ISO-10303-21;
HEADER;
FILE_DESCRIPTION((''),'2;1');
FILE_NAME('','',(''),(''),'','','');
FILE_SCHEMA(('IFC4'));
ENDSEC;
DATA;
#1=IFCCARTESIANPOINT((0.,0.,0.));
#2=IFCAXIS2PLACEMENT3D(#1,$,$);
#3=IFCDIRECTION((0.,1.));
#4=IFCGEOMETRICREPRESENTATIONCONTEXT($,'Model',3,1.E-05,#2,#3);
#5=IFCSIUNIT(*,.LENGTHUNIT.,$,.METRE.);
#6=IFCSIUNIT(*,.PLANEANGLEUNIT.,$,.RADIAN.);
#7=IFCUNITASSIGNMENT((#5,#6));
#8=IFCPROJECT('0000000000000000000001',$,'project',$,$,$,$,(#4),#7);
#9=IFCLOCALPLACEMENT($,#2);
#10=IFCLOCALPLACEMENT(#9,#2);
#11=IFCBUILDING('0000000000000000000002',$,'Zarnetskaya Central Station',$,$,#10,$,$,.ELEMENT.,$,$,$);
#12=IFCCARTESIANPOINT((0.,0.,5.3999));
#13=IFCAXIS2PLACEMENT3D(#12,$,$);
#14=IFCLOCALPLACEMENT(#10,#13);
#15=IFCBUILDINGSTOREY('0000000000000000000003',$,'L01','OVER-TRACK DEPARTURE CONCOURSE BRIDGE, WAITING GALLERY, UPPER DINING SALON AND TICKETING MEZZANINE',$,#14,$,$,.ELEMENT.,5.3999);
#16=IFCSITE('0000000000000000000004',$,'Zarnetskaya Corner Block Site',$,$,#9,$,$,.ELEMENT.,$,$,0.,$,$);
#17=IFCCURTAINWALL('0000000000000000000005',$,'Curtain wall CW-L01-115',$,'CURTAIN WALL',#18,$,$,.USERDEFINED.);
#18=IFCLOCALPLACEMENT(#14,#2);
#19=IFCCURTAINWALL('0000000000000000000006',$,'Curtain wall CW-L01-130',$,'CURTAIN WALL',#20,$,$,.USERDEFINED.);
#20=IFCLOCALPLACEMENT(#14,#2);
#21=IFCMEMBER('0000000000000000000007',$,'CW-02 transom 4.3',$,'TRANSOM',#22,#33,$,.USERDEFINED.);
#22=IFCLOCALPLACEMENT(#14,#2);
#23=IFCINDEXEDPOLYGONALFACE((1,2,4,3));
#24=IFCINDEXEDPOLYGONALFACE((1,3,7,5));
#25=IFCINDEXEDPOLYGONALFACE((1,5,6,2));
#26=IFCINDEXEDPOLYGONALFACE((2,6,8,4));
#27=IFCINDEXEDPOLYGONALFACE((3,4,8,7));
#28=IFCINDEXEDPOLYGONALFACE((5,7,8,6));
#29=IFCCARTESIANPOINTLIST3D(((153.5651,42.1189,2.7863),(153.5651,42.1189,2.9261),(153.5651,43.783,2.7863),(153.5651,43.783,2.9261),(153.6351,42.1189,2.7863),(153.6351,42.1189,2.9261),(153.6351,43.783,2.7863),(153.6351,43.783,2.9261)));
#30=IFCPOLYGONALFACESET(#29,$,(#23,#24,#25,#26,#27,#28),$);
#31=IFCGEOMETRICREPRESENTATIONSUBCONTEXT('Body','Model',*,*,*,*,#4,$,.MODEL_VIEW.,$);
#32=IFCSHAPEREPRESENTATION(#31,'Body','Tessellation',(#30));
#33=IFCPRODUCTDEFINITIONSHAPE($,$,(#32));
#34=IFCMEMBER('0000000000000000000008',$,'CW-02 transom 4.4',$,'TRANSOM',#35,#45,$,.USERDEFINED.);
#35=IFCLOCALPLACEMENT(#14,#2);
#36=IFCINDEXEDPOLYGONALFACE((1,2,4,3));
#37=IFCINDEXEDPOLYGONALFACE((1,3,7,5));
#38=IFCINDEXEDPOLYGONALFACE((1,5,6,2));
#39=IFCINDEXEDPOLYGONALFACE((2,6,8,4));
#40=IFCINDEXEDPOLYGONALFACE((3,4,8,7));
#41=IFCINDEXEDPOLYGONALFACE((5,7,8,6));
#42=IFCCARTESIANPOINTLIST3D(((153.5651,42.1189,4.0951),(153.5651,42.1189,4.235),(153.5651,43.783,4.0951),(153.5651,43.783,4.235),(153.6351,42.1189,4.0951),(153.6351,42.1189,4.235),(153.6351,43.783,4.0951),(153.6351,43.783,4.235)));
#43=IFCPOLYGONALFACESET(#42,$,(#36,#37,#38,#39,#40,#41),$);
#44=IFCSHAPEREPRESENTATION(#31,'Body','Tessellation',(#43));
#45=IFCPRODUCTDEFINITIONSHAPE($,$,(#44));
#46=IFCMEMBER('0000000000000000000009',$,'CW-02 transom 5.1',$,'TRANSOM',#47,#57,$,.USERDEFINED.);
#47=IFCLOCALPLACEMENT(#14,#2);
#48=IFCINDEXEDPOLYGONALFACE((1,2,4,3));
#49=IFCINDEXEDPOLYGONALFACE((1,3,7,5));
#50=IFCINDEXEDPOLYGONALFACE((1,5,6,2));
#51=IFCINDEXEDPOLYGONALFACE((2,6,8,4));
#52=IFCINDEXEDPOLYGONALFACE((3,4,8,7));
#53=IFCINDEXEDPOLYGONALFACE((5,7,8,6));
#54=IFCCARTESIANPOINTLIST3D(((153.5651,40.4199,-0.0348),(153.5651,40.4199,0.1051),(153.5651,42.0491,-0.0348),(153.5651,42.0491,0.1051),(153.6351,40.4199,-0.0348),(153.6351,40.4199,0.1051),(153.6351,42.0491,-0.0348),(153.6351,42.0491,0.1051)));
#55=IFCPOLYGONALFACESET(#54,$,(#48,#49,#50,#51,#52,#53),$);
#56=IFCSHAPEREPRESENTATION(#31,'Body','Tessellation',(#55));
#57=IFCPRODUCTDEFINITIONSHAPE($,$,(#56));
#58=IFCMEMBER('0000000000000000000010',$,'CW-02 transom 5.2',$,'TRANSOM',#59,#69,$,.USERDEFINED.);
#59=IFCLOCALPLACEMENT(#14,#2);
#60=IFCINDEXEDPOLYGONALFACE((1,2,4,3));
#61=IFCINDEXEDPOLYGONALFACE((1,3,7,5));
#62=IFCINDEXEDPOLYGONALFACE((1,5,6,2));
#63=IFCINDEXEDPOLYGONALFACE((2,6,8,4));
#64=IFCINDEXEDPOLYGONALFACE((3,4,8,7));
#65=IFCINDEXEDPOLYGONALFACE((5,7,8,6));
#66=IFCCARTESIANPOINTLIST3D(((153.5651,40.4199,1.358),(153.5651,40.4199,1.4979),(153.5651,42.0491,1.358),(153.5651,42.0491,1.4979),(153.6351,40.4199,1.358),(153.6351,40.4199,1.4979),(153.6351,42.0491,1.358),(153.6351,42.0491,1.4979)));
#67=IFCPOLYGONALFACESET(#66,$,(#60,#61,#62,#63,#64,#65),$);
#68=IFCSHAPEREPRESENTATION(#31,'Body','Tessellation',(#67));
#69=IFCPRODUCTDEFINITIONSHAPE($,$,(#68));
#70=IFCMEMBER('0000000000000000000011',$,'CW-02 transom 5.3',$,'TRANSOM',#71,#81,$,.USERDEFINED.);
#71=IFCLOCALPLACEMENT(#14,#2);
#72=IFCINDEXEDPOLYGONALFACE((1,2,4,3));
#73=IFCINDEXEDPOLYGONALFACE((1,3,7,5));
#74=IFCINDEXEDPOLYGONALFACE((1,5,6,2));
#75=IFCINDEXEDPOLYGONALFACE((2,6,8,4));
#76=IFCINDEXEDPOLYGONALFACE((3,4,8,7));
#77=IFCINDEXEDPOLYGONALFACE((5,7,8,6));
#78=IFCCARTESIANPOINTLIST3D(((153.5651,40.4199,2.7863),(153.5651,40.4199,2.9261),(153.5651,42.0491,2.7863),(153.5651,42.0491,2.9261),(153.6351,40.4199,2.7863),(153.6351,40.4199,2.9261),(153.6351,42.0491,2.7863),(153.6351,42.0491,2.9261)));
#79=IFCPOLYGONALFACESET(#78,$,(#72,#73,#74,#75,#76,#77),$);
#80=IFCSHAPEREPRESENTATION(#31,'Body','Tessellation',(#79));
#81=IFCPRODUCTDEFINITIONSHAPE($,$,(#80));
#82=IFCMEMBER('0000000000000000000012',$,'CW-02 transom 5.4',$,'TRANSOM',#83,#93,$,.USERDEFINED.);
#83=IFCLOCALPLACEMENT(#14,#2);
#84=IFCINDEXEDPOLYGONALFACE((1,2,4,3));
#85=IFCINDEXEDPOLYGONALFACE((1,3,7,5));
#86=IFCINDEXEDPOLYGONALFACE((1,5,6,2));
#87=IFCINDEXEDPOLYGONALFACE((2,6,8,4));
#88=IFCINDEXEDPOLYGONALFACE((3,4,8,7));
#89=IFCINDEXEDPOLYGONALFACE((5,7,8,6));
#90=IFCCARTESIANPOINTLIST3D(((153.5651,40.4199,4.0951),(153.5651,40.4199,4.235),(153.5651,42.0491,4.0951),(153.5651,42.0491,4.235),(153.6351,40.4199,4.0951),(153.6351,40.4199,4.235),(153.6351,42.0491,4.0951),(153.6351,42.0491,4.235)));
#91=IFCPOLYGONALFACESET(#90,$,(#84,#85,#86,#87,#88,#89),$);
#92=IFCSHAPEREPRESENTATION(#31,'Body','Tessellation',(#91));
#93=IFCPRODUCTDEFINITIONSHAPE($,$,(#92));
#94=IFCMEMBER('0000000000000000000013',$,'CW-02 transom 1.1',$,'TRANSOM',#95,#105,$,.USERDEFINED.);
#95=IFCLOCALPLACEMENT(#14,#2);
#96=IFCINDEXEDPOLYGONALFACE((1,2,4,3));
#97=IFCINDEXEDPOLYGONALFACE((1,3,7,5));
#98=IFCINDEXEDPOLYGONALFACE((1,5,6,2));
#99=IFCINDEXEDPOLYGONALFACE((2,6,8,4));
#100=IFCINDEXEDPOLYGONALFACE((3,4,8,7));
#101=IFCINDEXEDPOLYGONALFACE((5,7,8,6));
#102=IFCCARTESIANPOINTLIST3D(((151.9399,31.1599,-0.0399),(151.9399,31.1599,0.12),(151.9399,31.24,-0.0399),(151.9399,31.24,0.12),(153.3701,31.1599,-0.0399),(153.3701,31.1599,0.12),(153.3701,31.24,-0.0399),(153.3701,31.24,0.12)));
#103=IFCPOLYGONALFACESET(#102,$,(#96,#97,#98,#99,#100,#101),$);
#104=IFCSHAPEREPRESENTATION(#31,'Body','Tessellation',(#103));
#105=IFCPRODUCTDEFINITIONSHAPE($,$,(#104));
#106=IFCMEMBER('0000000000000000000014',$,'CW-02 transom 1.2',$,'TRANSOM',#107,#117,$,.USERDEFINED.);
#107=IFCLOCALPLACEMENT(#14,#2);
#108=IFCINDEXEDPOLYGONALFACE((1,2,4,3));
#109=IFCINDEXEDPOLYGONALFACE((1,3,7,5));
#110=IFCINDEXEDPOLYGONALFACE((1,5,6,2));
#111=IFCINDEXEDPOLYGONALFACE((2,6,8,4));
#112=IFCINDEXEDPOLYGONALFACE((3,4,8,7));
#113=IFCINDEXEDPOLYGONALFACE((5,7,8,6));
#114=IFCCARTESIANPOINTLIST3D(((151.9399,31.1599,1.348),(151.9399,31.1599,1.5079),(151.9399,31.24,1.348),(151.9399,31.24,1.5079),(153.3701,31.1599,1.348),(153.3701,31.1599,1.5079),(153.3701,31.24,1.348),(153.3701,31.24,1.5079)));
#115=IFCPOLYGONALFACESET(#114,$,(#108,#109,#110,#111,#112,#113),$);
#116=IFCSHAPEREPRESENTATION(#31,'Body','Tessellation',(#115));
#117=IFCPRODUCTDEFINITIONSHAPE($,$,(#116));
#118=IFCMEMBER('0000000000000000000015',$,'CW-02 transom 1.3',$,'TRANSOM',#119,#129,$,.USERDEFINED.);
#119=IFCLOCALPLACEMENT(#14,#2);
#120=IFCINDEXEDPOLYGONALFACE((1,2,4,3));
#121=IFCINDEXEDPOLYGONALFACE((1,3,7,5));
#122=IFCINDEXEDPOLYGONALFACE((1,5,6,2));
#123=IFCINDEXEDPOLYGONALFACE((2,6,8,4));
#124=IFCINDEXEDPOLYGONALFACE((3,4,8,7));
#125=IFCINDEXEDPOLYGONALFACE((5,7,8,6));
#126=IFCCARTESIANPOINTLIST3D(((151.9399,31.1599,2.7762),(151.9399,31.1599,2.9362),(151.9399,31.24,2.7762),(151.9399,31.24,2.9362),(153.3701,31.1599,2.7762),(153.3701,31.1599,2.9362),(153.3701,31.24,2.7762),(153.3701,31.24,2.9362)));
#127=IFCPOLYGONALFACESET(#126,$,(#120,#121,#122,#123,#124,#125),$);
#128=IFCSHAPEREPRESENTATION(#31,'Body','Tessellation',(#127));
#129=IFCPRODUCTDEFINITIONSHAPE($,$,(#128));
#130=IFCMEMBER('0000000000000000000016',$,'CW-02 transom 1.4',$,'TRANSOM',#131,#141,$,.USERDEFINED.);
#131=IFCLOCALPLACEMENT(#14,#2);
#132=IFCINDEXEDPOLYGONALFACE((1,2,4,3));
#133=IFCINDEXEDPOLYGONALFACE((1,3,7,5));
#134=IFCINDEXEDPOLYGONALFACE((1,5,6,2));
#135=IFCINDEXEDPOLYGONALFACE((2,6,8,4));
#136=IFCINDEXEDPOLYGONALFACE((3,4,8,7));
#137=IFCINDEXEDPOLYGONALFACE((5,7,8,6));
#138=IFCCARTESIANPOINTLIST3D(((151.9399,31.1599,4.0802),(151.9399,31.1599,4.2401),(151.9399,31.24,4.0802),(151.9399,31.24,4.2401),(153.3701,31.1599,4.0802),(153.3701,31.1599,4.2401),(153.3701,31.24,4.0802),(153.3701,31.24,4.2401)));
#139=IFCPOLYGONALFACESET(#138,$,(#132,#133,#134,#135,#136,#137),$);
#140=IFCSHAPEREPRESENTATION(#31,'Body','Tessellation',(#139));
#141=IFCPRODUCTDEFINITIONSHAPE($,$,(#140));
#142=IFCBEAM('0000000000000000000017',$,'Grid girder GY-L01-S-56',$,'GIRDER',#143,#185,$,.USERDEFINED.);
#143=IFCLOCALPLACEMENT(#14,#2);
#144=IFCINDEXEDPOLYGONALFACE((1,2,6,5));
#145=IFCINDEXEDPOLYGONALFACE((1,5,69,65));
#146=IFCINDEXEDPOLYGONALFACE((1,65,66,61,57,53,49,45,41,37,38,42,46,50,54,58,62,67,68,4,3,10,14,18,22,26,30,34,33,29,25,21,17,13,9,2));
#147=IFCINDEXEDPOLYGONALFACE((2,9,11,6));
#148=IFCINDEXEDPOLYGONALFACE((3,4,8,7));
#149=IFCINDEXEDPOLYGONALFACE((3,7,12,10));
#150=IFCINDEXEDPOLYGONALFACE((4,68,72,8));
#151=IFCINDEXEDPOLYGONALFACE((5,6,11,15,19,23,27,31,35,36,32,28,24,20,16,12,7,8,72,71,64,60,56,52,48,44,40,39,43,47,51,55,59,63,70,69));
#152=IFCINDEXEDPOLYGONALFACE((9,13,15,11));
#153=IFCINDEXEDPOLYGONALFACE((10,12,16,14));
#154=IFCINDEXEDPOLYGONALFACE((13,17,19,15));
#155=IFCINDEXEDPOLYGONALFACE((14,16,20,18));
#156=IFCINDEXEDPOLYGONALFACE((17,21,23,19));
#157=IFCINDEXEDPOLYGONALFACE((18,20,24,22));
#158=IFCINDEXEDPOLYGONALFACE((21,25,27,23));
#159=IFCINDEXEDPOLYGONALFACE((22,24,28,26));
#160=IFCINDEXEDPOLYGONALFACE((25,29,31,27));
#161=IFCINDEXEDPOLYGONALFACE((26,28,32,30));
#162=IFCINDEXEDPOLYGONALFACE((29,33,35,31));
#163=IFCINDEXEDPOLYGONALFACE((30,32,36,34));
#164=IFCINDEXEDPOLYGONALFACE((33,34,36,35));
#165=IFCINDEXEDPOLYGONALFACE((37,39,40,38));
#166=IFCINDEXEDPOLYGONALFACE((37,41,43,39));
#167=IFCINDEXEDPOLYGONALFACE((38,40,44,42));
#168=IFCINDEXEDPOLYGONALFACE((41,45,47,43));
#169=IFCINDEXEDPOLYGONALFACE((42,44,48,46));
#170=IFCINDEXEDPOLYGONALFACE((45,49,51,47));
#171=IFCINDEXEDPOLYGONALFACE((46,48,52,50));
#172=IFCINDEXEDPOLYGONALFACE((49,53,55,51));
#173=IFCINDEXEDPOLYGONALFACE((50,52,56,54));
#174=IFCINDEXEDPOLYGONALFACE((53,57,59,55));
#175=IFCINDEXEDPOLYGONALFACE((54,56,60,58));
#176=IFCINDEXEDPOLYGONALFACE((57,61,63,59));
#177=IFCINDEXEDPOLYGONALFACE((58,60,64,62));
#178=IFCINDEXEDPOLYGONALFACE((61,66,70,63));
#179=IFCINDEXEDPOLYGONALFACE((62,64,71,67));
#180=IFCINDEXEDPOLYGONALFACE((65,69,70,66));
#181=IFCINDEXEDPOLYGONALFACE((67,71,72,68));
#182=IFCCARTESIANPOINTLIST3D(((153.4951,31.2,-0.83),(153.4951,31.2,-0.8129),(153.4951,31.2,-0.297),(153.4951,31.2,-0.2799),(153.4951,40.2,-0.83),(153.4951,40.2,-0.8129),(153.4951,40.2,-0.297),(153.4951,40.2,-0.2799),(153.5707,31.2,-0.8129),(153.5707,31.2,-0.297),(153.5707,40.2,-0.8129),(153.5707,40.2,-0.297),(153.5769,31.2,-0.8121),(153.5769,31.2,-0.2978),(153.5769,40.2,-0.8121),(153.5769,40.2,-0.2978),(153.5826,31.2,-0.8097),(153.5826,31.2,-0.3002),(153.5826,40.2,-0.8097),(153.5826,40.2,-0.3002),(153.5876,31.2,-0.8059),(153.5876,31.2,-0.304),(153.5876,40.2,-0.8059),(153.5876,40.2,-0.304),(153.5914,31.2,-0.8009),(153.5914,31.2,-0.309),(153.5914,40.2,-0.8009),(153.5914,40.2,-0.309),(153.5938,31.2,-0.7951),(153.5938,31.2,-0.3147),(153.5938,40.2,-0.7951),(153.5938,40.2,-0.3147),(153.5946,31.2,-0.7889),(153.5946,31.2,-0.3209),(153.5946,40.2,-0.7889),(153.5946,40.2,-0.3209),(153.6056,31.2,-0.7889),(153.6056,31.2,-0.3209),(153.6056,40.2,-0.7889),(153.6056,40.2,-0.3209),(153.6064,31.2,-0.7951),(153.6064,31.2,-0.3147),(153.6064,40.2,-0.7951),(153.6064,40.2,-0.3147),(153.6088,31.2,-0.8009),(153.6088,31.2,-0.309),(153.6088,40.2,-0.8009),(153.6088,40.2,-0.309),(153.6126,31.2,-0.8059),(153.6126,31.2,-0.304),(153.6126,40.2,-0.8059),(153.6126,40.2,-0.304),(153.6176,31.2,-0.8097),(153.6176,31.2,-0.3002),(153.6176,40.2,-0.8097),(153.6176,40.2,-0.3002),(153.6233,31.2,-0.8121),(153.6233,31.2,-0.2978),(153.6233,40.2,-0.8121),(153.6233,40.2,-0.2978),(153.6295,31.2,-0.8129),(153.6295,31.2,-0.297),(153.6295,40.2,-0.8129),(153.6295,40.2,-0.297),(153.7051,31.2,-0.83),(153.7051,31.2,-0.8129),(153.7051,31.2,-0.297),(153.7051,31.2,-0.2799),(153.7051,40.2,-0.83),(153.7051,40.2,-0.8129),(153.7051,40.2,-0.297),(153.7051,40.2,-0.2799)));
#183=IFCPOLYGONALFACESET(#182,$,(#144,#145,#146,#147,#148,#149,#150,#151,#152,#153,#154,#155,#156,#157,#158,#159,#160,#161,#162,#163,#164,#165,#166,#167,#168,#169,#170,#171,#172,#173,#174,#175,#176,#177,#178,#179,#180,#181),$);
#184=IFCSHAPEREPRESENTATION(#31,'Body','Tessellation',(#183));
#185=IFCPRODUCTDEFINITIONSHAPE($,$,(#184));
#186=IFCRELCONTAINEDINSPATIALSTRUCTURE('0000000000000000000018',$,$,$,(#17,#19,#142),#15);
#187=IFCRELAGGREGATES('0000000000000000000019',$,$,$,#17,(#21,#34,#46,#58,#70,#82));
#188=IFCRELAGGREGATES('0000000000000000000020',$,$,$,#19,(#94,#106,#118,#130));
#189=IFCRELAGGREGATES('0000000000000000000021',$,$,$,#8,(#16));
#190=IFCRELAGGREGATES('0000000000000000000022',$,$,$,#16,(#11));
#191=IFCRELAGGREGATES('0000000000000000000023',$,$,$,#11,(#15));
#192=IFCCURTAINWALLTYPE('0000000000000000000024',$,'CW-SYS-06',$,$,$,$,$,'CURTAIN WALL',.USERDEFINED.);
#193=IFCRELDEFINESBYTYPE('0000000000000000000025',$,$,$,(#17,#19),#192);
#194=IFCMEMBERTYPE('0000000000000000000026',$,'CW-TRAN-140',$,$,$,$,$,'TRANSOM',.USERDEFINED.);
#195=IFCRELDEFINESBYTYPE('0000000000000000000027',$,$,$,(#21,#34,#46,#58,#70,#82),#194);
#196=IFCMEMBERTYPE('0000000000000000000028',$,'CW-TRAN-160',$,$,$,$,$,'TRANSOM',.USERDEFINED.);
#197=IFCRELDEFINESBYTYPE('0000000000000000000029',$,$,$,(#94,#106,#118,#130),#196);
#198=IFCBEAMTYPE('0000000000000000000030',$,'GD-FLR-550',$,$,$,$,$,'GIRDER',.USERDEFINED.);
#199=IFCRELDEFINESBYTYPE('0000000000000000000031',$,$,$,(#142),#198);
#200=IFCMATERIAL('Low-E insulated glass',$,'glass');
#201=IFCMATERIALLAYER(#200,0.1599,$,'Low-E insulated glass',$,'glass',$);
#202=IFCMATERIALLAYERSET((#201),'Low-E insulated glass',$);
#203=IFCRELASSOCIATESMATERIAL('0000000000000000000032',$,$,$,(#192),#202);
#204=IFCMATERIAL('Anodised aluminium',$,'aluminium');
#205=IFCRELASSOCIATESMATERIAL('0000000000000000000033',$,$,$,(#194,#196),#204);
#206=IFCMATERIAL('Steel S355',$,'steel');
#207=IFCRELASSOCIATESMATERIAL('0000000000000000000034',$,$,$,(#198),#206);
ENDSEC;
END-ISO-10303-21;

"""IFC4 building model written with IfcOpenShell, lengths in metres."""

from ifc_helpers import new_model, si_unit, direction, frame, origin, origin_2d, place, context, subcontext, project, spatial, rectangle, i_section, extrude, material, layer, layer_set, material_profile, profile_set, type_object, element, aggregate, save


model = new_model("IFC4")

# Units and contexts
model_context = context("Model", 3, precision=1e-05, world=origin(), true_north=direction((0.0, 1.0)))
body_context = subcontext(model_context, "Body", "Model", "MODEL_VIEW")
ifc_project = project(units=[si_unit("LENGTHUNIT", "METRE"), si_unit("PLANEANGLEUNIT", "RADIAN")], contexts=[model_context])

# Site, building, storey
site_placement = place(None, origin())
site = spatial("IfcSite", under=ifc_project, at=site_placement, Name="Zarnetskaya Corner Block Site", CompositionType="ELEMENT", RefElevation=0.0)
building_placement = place(site_placement, origin())
building = spatial("IfcBuilding", under=site, at=building_placement, Name="Zarnetskaya Central Station", CompositionType="ELEMENT")
storey_placement = place(building_placement, frame((0.0, 0.0, 5.3999)))
storey = spatial("IfcBuildingStorey", under=building, at=storey_placement, Name="L01", Description="OVER-TRACK DEPARTURE CONCOURSE BRIDGE, WAITING GALLERY, UPPER DINING SALON AND TICKETING MEZZANINE", CompositionType="ELEMENT", Elevation=5.3999)

# Shared definitions
ifc_material_1 = material(Name="Steel S355", Category="steel")

# Curtain wall
ifc_material_2 = material(Name="Low-E insulated glass", Category="glass")
ifc_layer_1 = layer(ifc_material_2, 0.1599, Name="Low-E insulated glass", Category="glass")
ifc_layer_set_1 = layer_set([ifc_layer_1], Name="Low-E insulated glass")
curtain_wall_type = type_object("IfcCurtainWallType", Name="CW-SYS-06", ElementType="CURTAIN WALL", PredefinedType="USERDEFINED", material=ifc_layer_set_1)
curtain_wall_1_placement = place(storey_placement, origin())
curtain_wall_1 = element("IfcCurtainWall", 1, at=curtain_wall_1_placement, inside=storey, type_object=curtain_wall_type, Name="Curtain wall CW-L01-115", ObjectType="CURTAIN WALL", PredefinedType="USERDEFINED")
ifc_material_3 = material(Name="Anodised aluminium", Category="aluminium")

# Curtain wall
curtain_wall_2_placement = place(storey_placement, origin())
curtain_wall_2 = element("IfcCurtainWall", 2, at=curtain_wall_2_placement, inside=storey, type_object=curtain_wall_type, Name="Curtain wall CW-L01-130", ObjectType="CURTAIN WALL", PredefinedType="USERDEFINED")

# Members
ifc_material_profile_1 = material_profile(ifc_material_3, rectangle(XDim=0.0701, YDim=0.1399, at=origin_2d()), Name="ALU TRAN 70x140")
ifc_profile_set_1 = profile_set([ifc_material_profile_1], Name="Anodised aluminium")
member_type_1 = type_object("IfcMemberType", Name="CW-TRAN-140", ElementType="TRANSOM", PredefinedType="USERDEFINED", material=ifc_profile_set_1)
member_1_placement = place(storey_placement, frame((153.6001, 43.783, 2.8562), z_axis=(0.0, -1.0, 0.0), x_axis=(1.0, 0.0, 0.0)))
member_1 = element("IfcMember", 3, at=member_1_placement, type_object=member_type_1, Name="CW-02 transom 4.3", ObjectType="TRANSOM", PredefinedType="USERDEFINED", context=body_context, shape_type="SweptSolid", body=[
    extrude(rectangle(XDim=0.0701, YDim=0.1399, at=origin_2d()), origin(), (0.0, 0.0, 1.0), 1.6641),
])
member_2_placement = place(storey_placement, frame((153.6001, 43.783, 4.165), z_axis=(0.0, -1.0, 0.0), x_axis=(1.0, 0.0, 0.0)))
member_2 = element("IfcMember", 4, at=member_2_placement, type_object=member_type_1, Name="CW-02 transom 4.4", ObjectType="TRANSOM", PredefinedType="USERDEFINED", context=body_context, shape_type="SweptSolid", body=[
    extrude(rectangle(XDim=0.0701, YDim=0.1399, at=origin_2d()), origin(), (0.0, 0.0, 1.0), 1.6641),
])
member_3_placement = place(storey_placement, frame((153.6001, 42.0491, 0.0352), z_axis=(0.0, -1.0, 0.0), x_axis=(1.0, 0.0, 0.0)))
member_3 = element("IfcMember", 5, at=member_3_placement, type_object=member_type_1, Name="CW-02 transom 5.1", ObjectType="TRANSOM", PredefinedType="USERDEFINED", context=body_context, shape_type="SweptSolid", body=[
    extrude(rectangle(XDim=0.0701, YDim=0.1399, at=origin_2d()), origin(), (0.0, 0.0, 1.0), 1.6292),
])
member_4_placement = place(storey_placement, frame((153.6001, 42.0491, 1.428), z_axis=(0.0, -1.0, 0.0), x_axis=(1.0, 0.0, 0.0)))
member_4 = element("IfcMember", 6, at=member_4_placement, type_object=member_type_1, Name="CW-02 transom 5.2", ObjectType="TRANSOM", PredefinedType="USERDEFINED", context=body_context, shape_type="SweptSolid", body=[
    extrude(rectangle(XDim=0.0701, YDim=0.1399, at=origin_2d()), origin(), (0.0, 0.0, 1.0), 1.6292),
])
member_5_placement = place(storey_placement, frame((153.6001, 42.0491, 2.8562), z_axis=(0.0, -1.0, 0.0), x_axis=(1.0, 0.0, 0.0)))
member_5 = element("IfcMember", 7, at=member_5_placement, type_object=member_type_1, Name="CW-02 transom 5.3", ObjectType="TRANSOM", PredefinedType="USERDEFINED", context=body_context, shape_type="SweptSolid", body=[
    extrude(rectangle(XDim=0.0701, YDim=0.1399, at=origin_2d()), origin(), (0.0, 0.0, 1.0), 1.6292),
])
member_6_placement = place(storey_placement, frame((153.6001, 42.0491, 4.165), z_axis=(0.0, -1.0, 0.0), x_axis=(1.0, 0.0, 0.0)))
member_6 = element("IfcMember", 8, at=member_6_placement, type_object=member_type_1, Name="CW-02 transom 5.4", ObjectType="TRANSOM", PredefinedType="USERDEFINED", context=body_context, shape_type="SweptSolid", body=[
    extrude(rectangle(XDim=0.0701, YDim=0.1399, at=origin_2d()), origin(), (0.0, 0.0, 1.0), 1.6292),
])
ifc_material_profile_2 = material_profile(ifc_material_3, rectangle(XDim=0.0801, YDim=0.1599, at=origin_2d()), Name="ALU TRAN 80x160")
ifc_profile_set_2 = profile_set([ifc_material_profile_2], Name="Anodised aluminium")
member_type_2 = type_object("IfcMemberType", Name="CW-TRAN-160", ElementType="TRANSOM", PredefinedType="USERDEFINED", material=ifc_profile_set_2)
member_7_placement = place(storey_placement, frame((153.3701, 31.2, 0.04), z_axis=(-1.0, 0.0, 0.0), x_axis=(0.0, -1.0, 0.0)))
member_7 = element("IfcMember", 9, at=member_7_placement, type_object=member_type_2, Name="CW-02 transom 1.1", ObjectType="TRANSOM", PredefinedType="USERDEFINED", context=body_context, shape_type="SweptSolid", body=[
    extrude(rectangle(XDim=0.0801, YDim=0.1599, at=origin_2d()), origin(), (0.0, 0.0, 1.0), 1.4302),
])
member_8_placement = place(storey_placement, frame((153.3701, 31.2, 1.428), z_axis=(-1.0, 0.0, 0.0), x_axis=(0.0, -1.0, 0.0)))
member_8 = element("IfcMember", 10, at=member_8_placement, type_object=member_type_2, Name="CW-02 transom 1.2", ObjectType="TRANSOM", PredefinedType="USERDEFINED", context=body_context, shape_type="SweptSolid", body=[
    extrude(rectangle(XDim=0.0801, YDim=0.1599, at=origin_2d()), origin(), (0.0, 0.0, 1.0), 1.4302),
])
member_9_placement = place(storey_placement, frame((153.3701, 31.2, 2.8562), z_axis=(-1.0, 0.0, 0.0), x_axis=(0.0, -1.0, 0.0)))
member_9 = element("IfcMember", 11, at=member_9_placement, type_object=member_type_2, Name="CW-02 transom 1.3", ObjectType="TRANSOM", PredefinedType="USERDEFINED", context=body_context, shape_type="SweptSolid", body=[
    extrude(rectangle(XDim=0.0801, YDim=0.1599, at=origin_2d()), origin(), (0.0, 0.0, 1.0), 1.4302),
])
member_10_placement = place(storey_placement, frame((153.3701, 31.2, 4.1602), z_axis=(-1.0, 0.0, 0.0), x_axis=(0.0, -1.0, 0.0)))
member_10 = element("IfcMember", 12, at=member_10_placement, type_object=member_type_2, Name="CW-02 transom 1.4", ObjectType="TRANSOM", PredefinedType="USERDEFINED", context=body_context, shape_type="SweptSolid", body=[
    extrude(rectangle(XDim=0.0801, YDim=0.1599, at=origin_2d()), origin(), (0.0, 0.0, 1.0), 1.4302),
])

# Beam
ifc_material_profile_3 = material_profile(ifc_material_1, i_section(OverallWidth=0.21, OverallDepth=0.55, WebThickness=0.011, FlangeThickness=0.0171, FilletRadius=0.0239, at=origin_2d()), Name="IPE 550")
ifc_profile_set_3 = profile_set([ifc_material_profile_3], Name="Steel S355")
beam_type_1 = type_object("IfcBeamType", Name="GD-FLR-550", ElementType="GIRDER", PredefinedType="USERDEFINED", material=ifc_profile_set_3)
for number, where, z_axis, x_axis, name in (
    (13, (153.6001, 31.2, -0.5549), (0.0, 1.0, 0.0), (-1.0, 0.0, 0.0), "Grid girder GY-L01-S-56"),
):
    element("IfcBeam", number, at=place(storey_placement, frame(where, z_axis=z_axis, x_axis=x_axis)), inside=storey, type_object=beam_type_1, Name=name, ObjectType="GIRDER", PredefinedType="USERDEFINED", context=body_context, shape_type="SweptSolid", body=[
        extrude(i_section(OverallWidth=0.21, OverallDepth=0.55, WebThickness=0.011, FlangeThickness=0.0171, FilletRadius=0.0239, at=origin_2d()), origin(), (0.0, 0.0, 1.0), 9.0),
    ])

aggregate(curtain_wall_1, [member_1, member_2, member_3, member_4, member_5, member_6])
aggregate(curtain_wall_2, [member_7, member_8, member_9, member_10])

save(model, "model.ifc")
